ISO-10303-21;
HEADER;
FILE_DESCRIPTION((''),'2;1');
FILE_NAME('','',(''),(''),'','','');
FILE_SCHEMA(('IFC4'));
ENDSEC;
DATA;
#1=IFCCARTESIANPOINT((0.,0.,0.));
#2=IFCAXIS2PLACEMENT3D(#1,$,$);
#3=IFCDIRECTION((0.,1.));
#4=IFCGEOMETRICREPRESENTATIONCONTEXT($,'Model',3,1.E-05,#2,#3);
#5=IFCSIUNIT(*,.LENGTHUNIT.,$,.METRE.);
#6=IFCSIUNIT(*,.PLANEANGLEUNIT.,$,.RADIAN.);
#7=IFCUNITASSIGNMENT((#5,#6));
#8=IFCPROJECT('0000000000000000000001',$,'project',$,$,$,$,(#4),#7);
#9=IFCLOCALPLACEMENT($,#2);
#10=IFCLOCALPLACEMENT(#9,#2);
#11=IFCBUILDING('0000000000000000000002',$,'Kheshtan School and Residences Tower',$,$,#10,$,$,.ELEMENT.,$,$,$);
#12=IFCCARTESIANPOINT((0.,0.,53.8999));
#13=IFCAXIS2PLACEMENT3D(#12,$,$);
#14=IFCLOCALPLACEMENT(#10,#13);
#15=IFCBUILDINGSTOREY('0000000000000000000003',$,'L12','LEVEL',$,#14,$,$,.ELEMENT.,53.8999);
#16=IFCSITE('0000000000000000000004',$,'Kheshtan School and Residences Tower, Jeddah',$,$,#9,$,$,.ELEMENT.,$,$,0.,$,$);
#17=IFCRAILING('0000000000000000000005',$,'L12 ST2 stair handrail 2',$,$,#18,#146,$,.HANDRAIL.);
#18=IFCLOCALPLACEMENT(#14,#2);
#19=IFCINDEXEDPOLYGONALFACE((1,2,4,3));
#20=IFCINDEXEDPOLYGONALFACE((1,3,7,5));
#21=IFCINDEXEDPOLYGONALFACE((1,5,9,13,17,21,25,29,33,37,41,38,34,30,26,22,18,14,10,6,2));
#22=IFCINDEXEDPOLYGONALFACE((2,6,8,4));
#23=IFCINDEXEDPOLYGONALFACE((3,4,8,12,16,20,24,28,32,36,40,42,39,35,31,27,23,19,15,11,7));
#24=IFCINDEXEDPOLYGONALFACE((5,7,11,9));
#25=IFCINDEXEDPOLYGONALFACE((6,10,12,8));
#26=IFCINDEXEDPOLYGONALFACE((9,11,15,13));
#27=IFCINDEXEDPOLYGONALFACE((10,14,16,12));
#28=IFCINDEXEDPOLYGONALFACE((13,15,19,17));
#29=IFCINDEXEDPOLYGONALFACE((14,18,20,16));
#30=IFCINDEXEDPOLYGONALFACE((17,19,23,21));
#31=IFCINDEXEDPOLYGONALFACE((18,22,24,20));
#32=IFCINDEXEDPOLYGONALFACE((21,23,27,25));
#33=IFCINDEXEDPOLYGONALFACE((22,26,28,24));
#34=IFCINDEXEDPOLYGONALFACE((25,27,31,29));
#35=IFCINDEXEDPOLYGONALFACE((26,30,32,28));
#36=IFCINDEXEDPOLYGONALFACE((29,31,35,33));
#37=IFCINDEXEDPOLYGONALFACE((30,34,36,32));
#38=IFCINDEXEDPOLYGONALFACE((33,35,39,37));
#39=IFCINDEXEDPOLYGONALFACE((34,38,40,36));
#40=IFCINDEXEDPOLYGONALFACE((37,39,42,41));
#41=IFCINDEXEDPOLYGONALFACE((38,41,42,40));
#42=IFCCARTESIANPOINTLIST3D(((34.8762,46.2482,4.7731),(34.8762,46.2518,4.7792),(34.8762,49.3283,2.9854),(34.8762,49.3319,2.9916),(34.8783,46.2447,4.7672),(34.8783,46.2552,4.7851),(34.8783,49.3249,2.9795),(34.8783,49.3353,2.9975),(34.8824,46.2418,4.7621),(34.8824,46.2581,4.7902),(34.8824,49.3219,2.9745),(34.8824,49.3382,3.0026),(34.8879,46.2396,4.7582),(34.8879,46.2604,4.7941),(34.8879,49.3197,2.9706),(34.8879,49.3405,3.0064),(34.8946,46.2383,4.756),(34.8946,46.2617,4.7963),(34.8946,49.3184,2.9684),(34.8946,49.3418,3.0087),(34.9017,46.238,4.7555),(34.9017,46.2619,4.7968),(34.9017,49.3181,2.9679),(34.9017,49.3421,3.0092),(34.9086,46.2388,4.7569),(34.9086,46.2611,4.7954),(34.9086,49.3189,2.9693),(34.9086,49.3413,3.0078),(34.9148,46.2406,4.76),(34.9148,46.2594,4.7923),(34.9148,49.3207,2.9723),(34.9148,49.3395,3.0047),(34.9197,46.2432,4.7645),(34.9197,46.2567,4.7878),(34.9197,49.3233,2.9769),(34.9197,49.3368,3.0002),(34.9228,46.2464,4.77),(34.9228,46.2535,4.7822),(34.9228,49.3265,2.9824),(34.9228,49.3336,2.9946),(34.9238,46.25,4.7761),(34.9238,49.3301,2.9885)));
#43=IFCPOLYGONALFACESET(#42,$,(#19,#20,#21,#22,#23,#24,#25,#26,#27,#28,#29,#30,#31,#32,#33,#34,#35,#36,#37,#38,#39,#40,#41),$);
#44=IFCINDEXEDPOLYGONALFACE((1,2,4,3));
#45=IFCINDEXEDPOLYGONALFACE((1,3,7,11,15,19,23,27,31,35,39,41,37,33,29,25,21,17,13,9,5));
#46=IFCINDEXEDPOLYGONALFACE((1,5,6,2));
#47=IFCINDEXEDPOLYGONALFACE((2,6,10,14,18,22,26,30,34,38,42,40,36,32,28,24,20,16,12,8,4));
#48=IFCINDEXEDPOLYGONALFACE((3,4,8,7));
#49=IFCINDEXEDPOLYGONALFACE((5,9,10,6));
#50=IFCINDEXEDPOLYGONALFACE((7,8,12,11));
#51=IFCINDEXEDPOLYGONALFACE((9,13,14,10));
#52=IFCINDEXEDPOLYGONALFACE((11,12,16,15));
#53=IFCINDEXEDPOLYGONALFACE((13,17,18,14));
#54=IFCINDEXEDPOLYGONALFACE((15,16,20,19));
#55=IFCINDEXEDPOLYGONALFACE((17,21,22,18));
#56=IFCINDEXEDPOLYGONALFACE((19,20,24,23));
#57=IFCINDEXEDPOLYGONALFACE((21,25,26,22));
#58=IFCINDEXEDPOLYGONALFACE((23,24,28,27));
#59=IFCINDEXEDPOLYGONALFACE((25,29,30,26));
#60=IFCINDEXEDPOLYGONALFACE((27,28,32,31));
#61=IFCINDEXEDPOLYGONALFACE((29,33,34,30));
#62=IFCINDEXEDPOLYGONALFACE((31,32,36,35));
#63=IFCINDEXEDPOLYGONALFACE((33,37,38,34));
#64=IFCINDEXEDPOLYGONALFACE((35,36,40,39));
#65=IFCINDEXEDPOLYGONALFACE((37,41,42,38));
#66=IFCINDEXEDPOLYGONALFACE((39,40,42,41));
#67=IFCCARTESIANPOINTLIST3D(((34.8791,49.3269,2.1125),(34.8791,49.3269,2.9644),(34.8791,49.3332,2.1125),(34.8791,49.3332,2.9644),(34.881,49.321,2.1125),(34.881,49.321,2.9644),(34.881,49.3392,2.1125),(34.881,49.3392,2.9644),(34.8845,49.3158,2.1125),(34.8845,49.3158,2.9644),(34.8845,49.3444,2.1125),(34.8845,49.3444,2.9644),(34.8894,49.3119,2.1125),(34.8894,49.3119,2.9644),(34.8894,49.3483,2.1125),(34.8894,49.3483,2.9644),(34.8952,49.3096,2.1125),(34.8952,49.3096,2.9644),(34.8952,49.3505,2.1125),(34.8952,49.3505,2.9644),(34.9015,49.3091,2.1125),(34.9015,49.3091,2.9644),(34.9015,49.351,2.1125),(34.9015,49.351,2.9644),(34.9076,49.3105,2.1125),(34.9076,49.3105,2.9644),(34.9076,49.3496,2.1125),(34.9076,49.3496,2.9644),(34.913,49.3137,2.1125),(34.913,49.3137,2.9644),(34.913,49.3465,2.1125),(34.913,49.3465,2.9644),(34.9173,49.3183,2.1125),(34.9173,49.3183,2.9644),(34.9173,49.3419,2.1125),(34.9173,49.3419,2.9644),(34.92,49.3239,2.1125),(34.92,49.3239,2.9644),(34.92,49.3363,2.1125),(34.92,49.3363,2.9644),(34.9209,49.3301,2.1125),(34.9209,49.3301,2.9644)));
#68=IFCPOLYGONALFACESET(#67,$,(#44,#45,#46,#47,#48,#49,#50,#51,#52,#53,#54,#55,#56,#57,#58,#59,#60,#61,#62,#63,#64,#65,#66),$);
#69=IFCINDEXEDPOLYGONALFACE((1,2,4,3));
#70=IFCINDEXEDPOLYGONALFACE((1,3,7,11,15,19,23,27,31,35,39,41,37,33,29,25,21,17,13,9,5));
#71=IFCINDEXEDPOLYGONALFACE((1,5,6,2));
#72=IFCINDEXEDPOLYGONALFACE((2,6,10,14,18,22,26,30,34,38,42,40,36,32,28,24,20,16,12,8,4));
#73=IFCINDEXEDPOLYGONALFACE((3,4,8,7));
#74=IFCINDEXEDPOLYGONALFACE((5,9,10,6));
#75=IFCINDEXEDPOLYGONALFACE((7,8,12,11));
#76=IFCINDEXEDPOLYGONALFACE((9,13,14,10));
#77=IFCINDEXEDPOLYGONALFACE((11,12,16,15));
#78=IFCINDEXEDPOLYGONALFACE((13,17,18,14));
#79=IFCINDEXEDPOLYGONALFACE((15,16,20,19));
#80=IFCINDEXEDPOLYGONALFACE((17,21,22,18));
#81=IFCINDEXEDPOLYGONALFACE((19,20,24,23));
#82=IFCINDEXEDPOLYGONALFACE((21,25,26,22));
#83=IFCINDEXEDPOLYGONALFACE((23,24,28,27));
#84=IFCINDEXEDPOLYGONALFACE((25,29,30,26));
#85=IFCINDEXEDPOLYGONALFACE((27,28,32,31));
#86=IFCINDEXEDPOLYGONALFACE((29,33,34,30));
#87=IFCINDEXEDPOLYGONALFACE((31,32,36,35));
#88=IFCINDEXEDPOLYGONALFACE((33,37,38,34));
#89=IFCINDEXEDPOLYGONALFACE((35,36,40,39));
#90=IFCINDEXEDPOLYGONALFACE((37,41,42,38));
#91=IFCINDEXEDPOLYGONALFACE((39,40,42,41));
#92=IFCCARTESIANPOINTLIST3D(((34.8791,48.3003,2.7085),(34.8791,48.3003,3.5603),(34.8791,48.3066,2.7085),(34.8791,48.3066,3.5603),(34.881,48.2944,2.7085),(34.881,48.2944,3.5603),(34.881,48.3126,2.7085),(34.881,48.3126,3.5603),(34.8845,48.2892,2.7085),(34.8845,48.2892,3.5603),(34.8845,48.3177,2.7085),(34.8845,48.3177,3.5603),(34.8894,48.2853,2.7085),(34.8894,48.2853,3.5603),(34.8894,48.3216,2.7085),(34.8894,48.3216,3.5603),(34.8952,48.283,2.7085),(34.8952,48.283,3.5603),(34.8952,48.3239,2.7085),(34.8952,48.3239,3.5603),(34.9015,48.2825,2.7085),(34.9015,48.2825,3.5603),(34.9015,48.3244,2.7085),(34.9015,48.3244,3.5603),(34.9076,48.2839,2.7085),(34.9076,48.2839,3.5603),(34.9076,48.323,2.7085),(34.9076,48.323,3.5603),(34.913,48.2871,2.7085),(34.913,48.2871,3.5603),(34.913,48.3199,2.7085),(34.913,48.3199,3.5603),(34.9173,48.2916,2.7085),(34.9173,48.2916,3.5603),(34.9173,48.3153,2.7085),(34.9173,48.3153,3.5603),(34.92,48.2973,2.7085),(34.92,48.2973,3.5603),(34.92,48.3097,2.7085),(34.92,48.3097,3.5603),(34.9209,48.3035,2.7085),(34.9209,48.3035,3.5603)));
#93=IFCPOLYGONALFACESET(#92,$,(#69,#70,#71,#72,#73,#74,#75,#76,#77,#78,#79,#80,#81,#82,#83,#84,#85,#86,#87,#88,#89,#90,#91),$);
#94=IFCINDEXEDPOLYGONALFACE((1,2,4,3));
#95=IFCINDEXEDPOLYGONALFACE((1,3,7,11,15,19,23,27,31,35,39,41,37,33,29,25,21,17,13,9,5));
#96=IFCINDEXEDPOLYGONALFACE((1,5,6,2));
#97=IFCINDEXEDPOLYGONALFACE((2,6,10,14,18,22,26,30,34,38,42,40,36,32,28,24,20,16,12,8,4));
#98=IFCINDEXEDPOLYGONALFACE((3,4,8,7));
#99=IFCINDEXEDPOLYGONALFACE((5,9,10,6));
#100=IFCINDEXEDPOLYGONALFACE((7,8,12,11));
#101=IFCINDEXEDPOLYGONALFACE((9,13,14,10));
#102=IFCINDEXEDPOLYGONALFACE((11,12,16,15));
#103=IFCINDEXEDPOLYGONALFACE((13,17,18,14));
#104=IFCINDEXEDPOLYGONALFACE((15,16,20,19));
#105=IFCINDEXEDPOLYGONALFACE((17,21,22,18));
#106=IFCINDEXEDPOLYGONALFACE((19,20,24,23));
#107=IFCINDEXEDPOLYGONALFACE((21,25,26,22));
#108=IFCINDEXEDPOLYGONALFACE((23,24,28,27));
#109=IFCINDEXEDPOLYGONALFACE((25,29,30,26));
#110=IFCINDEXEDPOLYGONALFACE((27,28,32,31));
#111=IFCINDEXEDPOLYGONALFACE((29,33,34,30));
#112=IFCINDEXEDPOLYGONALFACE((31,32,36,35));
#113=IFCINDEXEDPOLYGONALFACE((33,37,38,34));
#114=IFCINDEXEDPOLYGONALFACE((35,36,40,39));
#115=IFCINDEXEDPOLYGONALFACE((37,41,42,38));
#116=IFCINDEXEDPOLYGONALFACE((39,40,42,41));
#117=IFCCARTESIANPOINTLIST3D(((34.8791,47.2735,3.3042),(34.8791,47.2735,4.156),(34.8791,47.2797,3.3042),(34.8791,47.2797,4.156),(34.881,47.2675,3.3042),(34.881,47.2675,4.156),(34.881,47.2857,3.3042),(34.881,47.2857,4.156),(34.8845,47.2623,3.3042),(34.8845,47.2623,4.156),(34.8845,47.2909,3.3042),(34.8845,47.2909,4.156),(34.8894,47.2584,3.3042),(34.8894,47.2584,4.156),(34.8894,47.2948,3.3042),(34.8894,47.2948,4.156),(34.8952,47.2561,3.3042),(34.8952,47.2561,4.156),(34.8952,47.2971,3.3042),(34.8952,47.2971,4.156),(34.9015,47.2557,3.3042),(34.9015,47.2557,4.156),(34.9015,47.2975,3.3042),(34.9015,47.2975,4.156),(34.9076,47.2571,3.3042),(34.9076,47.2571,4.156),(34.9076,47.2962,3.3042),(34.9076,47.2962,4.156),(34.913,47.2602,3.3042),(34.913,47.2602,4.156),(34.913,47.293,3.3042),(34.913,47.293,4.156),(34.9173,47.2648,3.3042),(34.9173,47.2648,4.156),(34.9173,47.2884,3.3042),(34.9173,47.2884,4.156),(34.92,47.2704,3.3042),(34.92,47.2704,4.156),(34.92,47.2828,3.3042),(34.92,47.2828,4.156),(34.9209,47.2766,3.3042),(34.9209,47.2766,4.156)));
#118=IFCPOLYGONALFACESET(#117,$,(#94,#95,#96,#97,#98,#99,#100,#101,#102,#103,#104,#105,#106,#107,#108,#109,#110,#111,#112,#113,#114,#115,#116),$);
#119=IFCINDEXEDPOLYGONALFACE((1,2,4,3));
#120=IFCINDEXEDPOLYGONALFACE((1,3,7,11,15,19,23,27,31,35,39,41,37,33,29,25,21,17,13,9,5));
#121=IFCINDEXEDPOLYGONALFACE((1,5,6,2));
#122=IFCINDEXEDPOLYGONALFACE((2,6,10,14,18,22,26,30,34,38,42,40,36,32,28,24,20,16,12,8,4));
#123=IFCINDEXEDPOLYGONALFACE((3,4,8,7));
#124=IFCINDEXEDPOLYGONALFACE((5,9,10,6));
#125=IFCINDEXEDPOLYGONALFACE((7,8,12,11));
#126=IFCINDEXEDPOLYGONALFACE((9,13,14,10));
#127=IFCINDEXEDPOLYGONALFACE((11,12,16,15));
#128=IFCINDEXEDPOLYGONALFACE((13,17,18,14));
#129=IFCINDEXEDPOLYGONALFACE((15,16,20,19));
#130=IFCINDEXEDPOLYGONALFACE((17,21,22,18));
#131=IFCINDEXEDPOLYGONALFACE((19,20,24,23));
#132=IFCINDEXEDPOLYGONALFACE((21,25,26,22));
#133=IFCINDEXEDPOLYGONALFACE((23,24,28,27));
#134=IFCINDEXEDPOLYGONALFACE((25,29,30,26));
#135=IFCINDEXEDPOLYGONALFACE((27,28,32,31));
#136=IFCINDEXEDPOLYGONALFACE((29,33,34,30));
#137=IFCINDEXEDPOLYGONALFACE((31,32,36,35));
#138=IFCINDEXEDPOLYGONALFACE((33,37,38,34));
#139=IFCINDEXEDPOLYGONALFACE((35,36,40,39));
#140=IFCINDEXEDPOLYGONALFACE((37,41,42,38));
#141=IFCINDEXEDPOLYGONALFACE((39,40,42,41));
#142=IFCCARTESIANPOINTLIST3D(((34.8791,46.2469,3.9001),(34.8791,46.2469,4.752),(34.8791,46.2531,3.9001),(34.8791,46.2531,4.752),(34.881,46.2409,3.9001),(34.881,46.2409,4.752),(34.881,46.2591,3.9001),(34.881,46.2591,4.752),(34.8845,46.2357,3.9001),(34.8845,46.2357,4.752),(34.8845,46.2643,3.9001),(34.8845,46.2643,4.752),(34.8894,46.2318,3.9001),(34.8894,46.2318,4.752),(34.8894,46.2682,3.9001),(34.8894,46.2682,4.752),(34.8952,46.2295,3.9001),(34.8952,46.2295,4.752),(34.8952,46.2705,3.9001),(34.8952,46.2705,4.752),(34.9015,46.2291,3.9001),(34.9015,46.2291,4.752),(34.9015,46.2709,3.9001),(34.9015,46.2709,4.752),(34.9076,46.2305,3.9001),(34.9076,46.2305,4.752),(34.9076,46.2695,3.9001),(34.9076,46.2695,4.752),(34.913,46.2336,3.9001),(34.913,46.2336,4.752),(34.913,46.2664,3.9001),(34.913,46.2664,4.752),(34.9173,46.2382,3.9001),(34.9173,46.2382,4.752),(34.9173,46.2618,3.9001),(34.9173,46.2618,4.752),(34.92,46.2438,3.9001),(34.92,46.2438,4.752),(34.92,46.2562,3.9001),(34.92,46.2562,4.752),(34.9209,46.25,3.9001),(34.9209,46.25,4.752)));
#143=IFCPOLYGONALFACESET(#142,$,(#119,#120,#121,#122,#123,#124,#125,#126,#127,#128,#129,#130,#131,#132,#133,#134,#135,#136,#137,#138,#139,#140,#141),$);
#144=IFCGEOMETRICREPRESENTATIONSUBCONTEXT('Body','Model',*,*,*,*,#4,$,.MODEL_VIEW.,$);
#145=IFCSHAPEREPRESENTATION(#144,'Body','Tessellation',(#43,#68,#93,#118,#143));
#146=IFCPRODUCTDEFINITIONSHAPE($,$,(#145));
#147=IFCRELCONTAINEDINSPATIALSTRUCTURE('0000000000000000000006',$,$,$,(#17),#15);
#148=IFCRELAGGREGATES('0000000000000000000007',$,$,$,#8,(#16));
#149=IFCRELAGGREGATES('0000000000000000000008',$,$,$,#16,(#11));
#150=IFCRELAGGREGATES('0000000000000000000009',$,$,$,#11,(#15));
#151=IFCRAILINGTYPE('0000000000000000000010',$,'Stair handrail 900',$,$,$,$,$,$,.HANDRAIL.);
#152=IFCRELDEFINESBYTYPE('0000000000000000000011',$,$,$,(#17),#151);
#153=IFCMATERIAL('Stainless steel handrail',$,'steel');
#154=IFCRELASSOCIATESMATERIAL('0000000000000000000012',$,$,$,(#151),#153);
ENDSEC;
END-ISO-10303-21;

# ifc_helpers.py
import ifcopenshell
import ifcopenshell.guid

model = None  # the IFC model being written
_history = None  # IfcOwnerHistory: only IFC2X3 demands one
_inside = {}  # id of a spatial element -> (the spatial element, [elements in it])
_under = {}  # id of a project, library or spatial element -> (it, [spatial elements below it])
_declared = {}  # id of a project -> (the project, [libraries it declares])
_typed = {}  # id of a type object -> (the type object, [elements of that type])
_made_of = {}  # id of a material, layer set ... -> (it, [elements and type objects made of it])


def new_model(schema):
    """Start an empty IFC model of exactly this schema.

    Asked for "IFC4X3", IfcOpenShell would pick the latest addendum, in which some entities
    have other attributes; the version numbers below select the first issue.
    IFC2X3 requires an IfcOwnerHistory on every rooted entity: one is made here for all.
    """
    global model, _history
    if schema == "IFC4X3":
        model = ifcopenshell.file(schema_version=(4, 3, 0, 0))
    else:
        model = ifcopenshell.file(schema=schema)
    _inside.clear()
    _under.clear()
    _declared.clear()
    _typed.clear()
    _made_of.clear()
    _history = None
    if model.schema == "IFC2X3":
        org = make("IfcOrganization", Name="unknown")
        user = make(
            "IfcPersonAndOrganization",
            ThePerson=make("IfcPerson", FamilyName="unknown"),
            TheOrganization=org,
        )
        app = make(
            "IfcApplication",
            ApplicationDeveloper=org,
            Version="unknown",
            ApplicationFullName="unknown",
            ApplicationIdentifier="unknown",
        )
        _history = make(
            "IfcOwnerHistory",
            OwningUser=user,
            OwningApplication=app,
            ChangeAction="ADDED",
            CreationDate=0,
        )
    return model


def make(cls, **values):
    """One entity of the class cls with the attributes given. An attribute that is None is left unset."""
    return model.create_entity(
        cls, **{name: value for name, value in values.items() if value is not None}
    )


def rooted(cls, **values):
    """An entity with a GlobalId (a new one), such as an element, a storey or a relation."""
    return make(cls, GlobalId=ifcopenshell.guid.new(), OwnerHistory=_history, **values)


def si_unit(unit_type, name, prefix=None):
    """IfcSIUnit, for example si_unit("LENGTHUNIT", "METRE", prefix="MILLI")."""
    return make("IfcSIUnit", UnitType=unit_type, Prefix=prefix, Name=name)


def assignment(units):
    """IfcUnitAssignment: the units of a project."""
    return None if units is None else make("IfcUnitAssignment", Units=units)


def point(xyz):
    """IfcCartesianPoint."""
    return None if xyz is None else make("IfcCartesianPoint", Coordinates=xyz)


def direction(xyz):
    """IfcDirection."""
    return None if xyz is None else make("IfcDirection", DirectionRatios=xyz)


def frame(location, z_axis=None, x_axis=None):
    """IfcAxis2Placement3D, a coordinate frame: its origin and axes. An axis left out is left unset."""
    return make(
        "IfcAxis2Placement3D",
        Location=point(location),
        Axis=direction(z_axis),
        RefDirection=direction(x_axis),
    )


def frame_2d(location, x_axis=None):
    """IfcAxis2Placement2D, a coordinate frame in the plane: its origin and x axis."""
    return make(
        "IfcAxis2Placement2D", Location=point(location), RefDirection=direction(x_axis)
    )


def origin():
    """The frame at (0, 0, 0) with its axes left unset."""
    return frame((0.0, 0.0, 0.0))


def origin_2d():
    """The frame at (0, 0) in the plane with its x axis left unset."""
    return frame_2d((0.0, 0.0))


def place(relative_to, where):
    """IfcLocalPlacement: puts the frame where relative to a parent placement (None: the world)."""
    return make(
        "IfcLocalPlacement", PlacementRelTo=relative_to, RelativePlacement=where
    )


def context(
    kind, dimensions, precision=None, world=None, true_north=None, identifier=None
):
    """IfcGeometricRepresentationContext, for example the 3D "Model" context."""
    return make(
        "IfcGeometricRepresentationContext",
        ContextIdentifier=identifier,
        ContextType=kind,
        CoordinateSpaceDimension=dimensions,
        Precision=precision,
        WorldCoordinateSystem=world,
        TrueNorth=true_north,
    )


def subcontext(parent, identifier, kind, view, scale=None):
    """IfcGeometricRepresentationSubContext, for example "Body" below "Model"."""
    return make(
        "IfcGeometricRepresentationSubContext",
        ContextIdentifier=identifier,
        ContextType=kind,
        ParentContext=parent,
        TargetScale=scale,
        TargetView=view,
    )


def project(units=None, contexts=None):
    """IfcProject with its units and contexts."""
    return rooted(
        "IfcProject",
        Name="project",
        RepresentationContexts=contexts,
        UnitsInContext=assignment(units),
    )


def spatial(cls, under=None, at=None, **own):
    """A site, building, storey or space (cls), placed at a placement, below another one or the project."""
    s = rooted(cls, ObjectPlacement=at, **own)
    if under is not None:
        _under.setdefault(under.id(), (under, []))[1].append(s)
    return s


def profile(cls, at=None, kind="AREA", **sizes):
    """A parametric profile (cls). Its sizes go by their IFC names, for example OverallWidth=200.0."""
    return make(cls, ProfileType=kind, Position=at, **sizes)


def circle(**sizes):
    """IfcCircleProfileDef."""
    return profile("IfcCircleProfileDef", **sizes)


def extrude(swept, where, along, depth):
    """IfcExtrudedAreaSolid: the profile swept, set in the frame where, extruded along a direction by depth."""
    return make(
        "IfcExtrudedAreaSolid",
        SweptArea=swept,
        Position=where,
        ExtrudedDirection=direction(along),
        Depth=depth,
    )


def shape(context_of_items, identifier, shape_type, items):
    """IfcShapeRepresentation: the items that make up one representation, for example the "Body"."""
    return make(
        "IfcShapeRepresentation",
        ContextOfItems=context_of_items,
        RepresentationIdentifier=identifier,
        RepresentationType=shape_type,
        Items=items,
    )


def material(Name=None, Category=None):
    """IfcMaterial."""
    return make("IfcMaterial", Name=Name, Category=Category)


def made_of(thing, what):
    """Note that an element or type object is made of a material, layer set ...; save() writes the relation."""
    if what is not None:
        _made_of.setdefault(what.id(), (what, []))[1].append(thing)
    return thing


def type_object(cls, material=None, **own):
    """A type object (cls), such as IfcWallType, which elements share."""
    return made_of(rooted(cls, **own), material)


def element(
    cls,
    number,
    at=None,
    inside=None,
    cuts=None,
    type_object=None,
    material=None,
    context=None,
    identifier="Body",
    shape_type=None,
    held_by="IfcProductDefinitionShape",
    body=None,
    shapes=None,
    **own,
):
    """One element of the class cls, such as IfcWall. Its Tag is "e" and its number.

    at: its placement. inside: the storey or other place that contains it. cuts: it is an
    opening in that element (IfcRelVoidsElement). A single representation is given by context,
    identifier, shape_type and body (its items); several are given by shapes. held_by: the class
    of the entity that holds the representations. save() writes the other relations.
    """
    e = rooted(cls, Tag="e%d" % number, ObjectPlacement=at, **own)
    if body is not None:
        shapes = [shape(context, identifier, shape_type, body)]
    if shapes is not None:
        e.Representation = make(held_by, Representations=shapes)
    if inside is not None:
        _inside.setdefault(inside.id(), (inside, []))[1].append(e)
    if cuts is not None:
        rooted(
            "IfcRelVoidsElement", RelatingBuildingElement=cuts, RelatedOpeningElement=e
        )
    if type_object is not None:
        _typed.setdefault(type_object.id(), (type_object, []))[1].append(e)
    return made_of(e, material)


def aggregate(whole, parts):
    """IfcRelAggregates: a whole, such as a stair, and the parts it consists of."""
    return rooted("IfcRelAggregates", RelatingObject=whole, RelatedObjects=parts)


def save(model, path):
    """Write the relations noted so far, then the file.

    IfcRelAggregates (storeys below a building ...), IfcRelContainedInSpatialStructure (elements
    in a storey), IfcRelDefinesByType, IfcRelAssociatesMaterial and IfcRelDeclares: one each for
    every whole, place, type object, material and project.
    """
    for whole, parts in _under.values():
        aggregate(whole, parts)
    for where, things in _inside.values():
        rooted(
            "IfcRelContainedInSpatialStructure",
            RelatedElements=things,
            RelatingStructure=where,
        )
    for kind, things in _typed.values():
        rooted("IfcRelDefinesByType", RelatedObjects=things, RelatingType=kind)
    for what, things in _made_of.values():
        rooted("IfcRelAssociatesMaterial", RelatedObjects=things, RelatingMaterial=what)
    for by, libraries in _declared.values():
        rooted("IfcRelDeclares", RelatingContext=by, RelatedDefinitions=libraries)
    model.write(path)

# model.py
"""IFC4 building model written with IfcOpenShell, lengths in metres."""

from ifc_helpers import new_model, si_unit, direction, frame, origin, origin_2d, place, context, subcontext, project, spatial, circle, extrude, material, type_object, element, save


model = new_model("IFC4")

# Units and contexts
model_context = context("Model", 3, precision=1e-05, world=origin(), true_north=direction((0.0, 1.0)))
body_context = subcontext(model_context, "Body", "Model", "MODEL_VIEW")
ifc_project = project(units=[si_unit("LENGTHUNIT", "METRE"), si_unit("PLANEANGLEUNIT", "RADIAN")], contexts=[model_context])

# Site, building, storey
site_placement = place(None, origin())
site = spatial("IfcSite", under=ifc_project, at=site_placement, Name="Kheshtan School and Residences Tower, Jeddah", CompositionType="ELEMENT", RefElevation=0.0)
building_placement = place(site_placement, origin())
building = spatial("IfcBuilding", under=site, at=building_placement, Name="Kheshtan School and Residences Tower", CompositionType="ELEMENT")
storey_placement = place(building_placement, frame((0.0, 0.0, 53.8999)))
storey = spatial("IfcBuildingStorey", under=building, at=storey_placement, Name="L12", Description="LEVEL", CompositionType="ELEMENT", Elevation=53.8999)

# Railing
ifc_material_1 = material(Name="Stainless steel handrail", Category="steel")
railing_type_1 = type_object("IfcRailingType", Name="Stair handrail 900", PredefinedType="HANDRAIL", material=ifc_material_1)
railing_1_placement = place(storey_placement, frame((34.8999, 49.3301, 2.1125)))
element("IfcRailing", 1, at=railing_1_placement, inside=storey, type_object=railing_type_1, Name="L12 ST2 stair handrail 2", PredefinedType="HANDRAIL", context=body_context, shape_type="SweptSolid", body=[
    extrude(circle(Radius=0.0239, at=origin_2d()), frame((0.0, 0.0, 0.876), z_axis=(0.0, -0.864891, 0.50196), x_axis=(1.0, 0.0, 0.0)), (0.0, 0.0, 1.0), 3.5613),
    extrude(circle(Radius=0.021, at=origin_2d()), origin(), (0.0, 0.0, 1.0), 0.8518),
    extrude(circle(Radius=0.021, at=origin_2d()), frame((0.0, -1.0266, 0.5959)), (0.0, 0.0, 1.0), 0.8518),
    extrude(circle(Radius=0.021, at=origin_2d()), frame((0.0, -2.0535, 1.1917)), (0.0, 0.0, 1.0), 0.8518),
    extrude(circle(Radius=0.021, at=origin_2d()), frame((0.0, -3.0801, 1.7876)), (0.0, 0.0, 1.0), 0.8518),
])

save(model, "model.ifc")
